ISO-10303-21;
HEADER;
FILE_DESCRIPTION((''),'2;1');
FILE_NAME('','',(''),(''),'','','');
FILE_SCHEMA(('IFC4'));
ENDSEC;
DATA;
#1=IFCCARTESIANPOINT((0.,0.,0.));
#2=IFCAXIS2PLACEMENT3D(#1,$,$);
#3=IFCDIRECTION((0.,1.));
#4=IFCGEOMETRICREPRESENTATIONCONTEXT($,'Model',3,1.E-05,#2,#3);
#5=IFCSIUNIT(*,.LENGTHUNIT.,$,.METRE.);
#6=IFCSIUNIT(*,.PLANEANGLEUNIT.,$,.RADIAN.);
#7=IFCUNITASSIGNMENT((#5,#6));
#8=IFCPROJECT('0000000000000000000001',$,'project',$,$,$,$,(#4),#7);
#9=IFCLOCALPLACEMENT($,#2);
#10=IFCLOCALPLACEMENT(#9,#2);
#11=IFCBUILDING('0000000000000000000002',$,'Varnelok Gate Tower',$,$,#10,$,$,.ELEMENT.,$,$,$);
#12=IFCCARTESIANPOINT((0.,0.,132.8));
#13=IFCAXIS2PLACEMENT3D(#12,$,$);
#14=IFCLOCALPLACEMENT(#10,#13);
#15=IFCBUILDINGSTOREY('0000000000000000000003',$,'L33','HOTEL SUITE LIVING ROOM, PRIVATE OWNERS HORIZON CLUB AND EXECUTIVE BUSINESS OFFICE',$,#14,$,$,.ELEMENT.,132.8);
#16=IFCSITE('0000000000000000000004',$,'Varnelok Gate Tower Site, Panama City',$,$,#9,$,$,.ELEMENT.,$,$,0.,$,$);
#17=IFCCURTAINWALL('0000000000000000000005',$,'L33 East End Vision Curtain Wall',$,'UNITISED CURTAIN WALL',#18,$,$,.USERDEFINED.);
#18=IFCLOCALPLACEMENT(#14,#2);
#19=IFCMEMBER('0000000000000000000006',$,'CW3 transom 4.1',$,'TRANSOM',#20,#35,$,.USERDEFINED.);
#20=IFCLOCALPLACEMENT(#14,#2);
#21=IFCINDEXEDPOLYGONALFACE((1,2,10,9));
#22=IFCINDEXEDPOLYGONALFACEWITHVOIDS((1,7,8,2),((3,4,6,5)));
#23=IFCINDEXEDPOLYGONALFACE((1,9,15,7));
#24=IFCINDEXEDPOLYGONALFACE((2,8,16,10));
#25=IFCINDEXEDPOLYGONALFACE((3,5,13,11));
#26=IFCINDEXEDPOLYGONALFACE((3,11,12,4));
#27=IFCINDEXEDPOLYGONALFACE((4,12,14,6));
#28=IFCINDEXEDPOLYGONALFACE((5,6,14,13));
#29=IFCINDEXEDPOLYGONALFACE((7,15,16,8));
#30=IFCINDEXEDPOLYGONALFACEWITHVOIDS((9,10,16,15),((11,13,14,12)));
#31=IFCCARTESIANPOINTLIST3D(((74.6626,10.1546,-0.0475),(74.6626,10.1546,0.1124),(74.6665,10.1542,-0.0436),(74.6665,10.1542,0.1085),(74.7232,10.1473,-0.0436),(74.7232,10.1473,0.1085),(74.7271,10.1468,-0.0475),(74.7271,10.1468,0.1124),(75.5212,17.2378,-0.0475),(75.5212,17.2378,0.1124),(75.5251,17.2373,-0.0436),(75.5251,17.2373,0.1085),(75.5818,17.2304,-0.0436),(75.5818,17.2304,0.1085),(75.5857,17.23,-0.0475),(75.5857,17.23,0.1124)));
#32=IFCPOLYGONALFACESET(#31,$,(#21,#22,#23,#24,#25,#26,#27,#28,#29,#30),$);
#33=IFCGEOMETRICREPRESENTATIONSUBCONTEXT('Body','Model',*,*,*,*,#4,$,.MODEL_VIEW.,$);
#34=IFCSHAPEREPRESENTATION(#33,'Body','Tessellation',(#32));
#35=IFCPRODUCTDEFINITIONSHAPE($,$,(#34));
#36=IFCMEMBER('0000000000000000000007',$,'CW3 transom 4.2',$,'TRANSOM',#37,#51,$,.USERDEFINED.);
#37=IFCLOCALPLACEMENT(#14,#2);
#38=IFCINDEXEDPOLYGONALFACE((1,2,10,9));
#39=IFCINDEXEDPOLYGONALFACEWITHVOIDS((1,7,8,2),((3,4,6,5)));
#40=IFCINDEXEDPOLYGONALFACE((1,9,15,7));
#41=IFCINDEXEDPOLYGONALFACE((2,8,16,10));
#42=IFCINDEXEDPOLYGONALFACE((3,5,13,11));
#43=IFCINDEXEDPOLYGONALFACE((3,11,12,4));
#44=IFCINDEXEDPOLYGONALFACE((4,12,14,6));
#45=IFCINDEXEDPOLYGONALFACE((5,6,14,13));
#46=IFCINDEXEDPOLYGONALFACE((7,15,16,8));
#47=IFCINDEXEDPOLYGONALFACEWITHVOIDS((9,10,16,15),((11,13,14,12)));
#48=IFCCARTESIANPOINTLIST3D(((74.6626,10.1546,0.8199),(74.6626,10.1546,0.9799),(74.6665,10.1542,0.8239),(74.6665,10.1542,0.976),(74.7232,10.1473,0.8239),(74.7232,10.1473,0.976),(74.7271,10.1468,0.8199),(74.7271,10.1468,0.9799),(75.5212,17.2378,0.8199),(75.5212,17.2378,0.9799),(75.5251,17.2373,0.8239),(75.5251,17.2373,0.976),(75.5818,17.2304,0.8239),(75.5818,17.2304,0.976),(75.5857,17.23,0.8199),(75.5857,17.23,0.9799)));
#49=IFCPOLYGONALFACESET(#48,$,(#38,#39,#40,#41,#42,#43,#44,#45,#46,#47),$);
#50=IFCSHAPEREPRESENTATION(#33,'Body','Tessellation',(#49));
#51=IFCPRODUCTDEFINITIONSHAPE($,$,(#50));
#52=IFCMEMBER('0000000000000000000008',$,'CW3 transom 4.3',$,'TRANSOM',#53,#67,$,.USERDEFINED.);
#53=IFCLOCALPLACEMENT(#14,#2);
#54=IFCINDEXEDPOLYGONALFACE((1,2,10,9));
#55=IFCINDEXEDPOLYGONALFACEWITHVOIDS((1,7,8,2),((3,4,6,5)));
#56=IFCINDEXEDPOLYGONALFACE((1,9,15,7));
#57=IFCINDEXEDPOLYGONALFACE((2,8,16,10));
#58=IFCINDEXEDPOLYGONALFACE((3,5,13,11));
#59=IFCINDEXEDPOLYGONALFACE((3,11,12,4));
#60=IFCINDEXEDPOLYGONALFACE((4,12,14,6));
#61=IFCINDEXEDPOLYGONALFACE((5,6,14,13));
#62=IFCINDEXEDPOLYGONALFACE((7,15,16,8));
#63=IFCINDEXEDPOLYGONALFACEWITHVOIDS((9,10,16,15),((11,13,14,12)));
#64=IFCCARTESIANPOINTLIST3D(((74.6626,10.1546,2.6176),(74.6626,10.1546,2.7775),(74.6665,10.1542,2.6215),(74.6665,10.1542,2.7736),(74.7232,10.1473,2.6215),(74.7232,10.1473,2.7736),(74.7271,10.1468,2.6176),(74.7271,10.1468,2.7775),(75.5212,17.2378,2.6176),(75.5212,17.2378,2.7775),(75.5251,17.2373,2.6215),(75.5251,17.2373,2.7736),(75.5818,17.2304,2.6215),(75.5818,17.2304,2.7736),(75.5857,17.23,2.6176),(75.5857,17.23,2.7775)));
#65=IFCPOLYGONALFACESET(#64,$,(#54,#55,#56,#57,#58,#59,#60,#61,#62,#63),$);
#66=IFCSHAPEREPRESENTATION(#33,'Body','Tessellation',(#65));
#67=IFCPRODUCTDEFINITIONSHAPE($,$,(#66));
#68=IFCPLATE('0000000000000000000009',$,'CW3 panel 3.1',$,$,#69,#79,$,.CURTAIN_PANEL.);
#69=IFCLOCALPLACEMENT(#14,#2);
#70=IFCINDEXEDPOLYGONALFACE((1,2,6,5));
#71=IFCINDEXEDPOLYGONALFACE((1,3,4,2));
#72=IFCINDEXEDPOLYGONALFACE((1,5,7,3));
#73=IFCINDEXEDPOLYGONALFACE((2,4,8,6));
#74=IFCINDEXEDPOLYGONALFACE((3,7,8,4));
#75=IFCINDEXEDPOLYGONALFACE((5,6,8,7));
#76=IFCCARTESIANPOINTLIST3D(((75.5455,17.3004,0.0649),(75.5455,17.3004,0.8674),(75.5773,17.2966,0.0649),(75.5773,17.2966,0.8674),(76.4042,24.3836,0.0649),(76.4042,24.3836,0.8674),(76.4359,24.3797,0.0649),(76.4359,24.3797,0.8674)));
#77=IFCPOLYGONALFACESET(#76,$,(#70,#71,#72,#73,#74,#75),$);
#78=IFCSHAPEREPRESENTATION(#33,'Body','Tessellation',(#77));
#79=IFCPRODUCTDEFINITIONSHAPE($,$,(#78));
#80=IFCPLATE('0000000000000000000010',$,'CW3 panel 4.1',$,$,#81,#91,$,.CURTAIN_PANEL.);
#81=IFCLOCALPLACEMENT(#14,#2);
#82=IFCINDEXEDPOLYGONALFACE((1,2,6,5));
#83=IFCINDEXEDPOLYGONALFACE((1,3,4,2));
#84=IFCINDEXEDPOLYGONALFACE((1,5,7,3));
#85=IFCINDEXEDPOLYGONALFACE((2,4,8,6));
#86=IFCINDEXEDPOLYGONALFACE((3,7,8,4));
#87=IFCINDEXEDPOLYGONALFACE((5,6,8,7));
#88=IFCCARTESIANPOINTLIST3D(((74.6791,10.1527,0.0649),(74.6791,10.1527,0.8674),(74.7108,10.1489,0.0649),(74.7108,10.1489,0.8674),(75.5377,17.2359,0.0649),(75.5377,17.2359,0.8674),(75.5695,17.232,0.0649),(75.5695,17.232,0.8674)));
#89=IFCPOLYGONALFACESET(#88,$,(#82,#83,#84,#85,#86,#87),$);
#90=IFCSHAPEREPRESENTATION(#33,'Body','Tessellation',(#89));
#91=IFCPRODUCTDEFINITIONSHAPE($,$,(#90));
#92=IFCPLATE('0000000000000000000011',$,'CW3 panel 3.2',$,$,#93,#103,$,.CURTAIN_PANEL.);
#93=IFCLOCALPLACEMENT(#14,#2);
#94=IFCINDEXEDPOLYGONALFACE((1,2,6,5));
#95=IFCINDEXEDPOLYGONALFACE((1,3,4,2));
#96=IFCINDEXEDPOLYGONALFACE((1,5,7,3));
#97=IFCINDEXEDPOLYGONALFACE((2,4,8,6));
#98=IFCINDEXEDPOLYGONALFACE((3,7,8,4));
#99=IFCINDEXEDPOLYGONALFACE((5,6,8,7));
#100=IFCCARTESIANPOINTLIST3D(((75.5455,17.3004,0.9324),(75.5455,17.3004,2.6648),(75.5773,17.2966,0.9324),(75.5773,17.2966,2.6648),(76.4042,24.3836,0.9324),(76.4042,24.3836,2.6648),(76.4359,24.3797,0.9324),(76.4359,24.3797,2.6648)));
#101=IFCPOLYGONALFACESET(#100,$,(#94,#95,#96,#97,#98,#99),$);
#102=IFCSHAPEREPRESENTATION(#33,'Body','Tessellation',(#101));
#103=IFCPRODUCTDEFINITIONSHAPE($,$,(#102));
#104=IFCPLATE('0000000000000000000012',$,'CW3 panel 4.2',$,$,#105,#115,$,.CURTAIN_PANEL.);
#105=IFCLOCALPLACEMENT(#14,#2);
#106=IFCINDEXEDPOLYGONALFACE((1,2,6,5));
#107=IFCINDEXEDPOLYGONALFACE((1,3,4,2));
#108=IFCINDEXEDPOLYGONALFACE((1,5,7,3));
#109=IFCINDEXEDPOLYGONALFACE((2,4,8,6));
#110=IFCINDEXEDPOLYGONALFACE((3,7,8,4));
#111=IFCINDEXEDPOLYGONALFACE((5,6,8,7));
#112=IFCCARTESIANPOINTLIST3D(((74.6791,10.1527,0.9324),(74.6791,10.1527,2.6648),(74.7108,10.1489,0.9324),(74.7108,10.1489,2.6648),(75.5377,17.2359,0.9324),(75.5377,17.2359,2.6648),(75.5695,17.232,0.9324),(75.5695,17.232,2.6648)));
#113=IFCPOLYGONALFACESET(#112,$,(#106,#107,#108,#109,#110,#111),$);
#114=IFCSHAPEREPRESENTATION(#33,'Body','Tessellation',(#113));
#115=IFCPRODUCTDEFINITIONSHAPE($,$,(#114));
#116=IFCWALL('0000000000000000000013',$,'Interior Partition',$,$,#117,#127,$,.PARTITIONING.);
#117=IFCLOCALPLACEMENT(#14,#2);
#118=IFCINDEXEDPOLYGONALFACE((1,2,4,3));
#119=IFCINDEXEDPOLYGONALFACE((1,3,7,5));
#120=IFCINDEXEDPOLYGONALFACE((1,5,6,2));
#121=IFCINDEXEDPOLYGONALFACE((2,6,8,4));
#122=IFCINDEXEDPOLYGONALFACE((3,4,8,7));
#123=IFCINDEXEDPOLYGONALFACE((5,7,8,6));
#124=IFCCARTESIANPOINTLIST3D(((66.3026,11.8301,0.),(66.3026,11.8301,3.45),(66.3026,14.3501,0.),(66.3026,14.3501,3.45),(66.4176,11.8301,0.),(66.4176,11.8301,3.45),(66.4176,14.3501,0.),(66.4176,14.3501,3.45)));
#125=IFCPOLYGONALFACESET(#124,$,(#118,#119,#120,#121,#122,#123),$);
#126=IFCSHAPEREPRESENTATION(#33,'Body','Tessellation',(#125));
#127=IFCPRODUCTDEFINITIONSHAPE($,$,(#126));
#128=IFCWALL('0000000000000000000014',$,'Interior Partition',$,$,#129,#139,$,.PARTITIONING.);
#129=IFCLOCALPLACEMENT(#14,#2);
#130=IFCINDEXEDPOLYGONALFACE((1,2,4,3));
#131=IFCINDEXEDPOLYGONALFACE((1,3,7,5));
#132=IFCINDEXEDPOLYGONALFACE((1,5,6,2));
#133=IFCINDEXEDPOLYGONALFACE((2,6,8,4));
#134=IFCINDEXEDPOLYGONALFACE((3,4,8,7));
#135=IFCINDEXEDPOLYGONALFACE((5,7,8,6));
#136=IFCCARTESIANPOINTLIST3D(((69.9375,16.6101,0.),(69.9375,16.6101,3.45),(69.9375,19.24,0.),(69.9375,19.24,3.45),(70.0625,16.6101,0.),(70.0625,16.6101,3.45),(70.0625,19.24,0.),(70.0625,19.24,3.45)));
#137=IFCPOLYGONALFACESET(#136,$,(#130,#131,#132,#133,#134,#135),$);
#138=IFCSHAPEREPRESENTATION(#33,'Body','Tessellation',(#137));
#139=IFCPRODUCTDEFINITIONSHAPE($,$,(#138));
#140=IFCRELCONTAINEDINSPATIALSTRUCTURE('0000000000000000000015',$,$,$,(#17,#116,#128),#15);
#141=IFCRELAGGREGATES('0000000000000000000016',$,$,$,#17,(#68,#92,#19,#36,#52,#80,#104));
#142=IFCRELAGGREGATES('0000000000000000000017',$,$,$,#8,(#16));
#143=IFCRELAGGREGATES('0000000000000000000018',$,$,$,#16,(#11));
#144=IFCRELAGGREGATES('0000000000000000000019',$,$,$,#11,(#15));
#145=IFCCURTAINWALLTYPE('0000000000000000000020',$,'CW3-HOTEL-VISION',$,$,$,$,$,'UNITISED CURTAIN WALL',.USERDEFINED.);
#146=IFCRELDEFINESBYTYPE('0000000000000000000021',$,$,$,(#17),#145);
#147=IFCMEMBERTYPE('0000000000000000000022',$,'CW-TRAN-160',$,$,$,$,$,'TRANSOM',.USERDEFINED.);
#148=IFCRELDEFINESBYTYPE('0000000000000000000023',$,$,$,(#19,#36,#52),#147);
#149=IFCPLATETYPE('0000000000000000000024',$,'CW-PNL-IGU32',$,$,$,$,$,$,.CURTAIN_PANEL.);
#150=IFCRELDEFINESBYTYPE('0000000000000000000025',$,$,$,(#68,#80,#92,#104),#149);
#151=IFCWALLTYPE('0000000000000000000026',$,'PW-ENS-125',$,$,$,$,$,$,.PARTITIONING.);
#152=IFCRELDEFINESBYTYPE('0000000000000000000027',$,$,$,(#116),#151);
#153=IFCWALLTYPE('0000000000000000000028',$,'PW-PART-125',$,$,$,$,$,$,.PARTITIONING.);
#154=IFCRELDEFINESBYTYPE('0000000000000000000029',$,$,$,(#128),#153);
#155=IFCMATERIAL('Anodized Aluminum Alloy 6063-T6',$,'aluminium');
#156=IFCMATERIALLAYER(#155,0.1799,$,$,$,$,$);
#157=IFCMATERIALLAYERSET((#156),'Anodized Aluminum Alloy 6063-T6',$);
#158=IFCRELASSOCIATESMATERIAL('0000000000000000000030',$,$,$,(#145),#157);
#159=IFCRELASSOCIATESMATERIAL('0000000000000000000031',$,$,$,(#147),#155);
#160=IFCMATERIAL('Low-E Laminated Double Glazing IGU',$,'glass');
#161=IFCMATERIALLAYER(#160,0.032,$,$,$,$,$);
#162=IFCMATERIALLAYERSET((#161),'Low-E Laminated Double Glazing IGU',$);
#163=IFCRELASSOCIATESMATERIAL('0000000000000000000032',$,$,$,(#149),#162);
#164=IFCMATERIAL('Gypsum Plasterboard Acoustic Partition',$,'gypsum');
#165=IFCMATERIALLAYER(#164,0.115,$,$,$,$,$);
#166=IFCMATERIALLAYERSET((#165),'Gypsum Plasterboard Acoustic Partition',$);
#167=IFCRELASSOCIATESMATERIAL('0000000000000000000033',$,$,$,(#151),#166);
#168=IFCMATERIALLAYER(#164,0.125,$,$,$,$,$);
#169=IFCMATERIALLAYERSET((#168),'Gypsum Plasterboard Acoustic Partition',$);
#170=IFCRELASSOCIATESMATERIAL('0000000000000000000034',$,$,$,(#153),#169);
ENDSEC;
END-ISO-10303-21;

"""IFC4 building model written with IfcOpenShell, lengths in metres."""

from ifc_helpers import new_model, si_unit, direction, frame, frame_2d, origin, origin_2d, place, context, subcontext, project, spatial, rectangle, hollow_rectangle, extrude, source, transform, mapped, material, layer, layer_set, material_profile, profile_set, type_object, element, aggregate, save


model = new_model("IFC4")

# Units and contexts
model_context = context("Model", 3, precision=1e-05, world=origin(), true_north=direction((0.0, 1.0)))
body_context = subcontext(model_context, "Body", "Model", "MODEL_VIEW")
ifc_project = project(units=[si_unit("LENGTHUNIT", "METRE"), si_unit("PLANEANGLEUNIT", "RADIAN")], contexts=[model_context])

# Site, building, storey
site_placement = place(None, origin())
site = spatial("IfcSite", under=ifc_project, at=site_placement, Name="Varnelok Gate Tower Site, Panama City", CompositionType="ELEMENT", RefElevation=0.0)
building_placement = place(site_placement, origin())
building = spatial("IfcBuilding", under=site, at=building_placement, Name="Varnelok Gate Tower", CompositionType="ELEMENT")
storey_placement = place(building_placement, frame((0.0, 0.0, 132.8)))
storey = spatial("IfcBuildingStorey", under=building, at=storey_placement, Name="L33", Description="HOTEL SUITE LIVING ROOM, PRIVATE OWNERS HORIZON CLUB AND EXECUTIVE BUSINESS OFFICE", CompositionType="ELEMENT", Elevation=132.8)

# Curtain wall, members, plates
ifc_material_1 = material(Name="Anodized Aluminum Alloy 6063-T6", Category="aluminium")
ifc_layer_1 = layer(ifc_material_1, 0.1799)
ifc_layer_set_1 = layer_set([ifc_layer_1], Name="Anodized Aluminum Alloy 6063-T6")
curtain_wall_type = type_object("IfcCurtainWallType", Name="CW3-HOTEL-VISION", ElementType="UNITISED CURTAIN WALL", PredefinedType="USERDEFINED", material=ifc_layer_set_1)
curtain_wall_placement = place(storey_placement, origin())
curtain_wall = element("IfcCurtainWall", 1, at=curtain_wall_placement, inside=storey, type_object=curtain_wall_type, Name="L33 East End Vision Curtain Wall", ObjectType="UNITISED CURTAIN WALL", PredefinedType="USERDEFINED")
ifc_material_profile_1 = material_profile(ifc_material_1, hollow_rectangle(XDim=0.0649, YDim=0.1599, WallThickness=0.0039, at=origin_2d()), Name="ALU160X65X4")
ifc_profile_set_1 = profile_set([ifc_material_profile_1], Name="Anodized Aluminum Alloy 6063-T6")
member_type_1 = type_object("IfcMemberType", Name="CW-TRAN-160", ElementType="TRANSOM", PredefinedType="USERDEFINED", material=ifc_profile_set_1)
member_1_placement = place(storey_placement, frame((75.5535, 17.2339, 0.0325), z_axis=(-0.120341, -0.992733, 0.0), x_axis=(0.992733, -0.120341, 0.0)))
member_1 = element("IfcMember", 2, at=member_1_placement, type_object=member_type_1, Name="CW3 transom 4.1", ObjectType="TRANSOM", PredefinedType="USERDEFINED", context=body_context, shape_type="SweptSolid", body=[
    extrude(hollow_rectangle(XDim=0.0649, YDim=0.1599, WallThickness=0.0039, at=origin_2d()), origin(), (0.0, 0.0, 1.0), 7.135),
])
member_2_placement = place(storey_placement, frame((75.5535, 17.2339, 0.8999), z_axis=(-0.120341, -0.992733, 0.0), x_axis=(0.992733, -0.120341, 0.0)))
member_2 = element("IfcMember", 3, at=member_2_placement, type_object=member_type_1, Name="CW3 transom 4.2", ObjectType="TRANSOM", PredefinedType="USERDEFINED", context=body_context, shape_type="SweptSolid", body=[
    extrude(hollow_rectangle(XDim=0.0649, YDim=0.1599, WallThickness=0.0039, at=origin_2d()), origin(), (0.0, 0.0, 1.0), 7.135),
])
member_3_placement = place(storey_placement, frame((75.5535, 17.2339, 2.6975), z_axis=(-0.120341, -0.992733, 0.0), x_axis=(0.992733, -0.120341, 0.0)))
member_3 = element("IfcMember", 4, at=member_3_placement, type_object=member_type_1, Name="CW3 transom 4.3", ObjectType="TRANSOM", PredefinedType="USERDEFINED", context=body_context, shape_type="SweptSolid", body=[
    extrude(hollow_rectangle(XDim=0.0649, YDim=0.1599, WallThickness=0.0039, at=origin_2d()), origin(), (0.0, 0.0, 1.0), 7.135),
])
ifc_material_2 = material(Name="Low-E Laminated Double Glazing IGU", Category="glass")
ifc_layer_2 = layer(ifc_material_2, 0.032)
ifc_layer_set_2 = layer_set([ifc_layer_2], Name="Low-E Laminated Double Glazing IGU")
plate_type = type_object("IfcPlateType", Name="CW-PNL-IGU32", PredefinedType="CURTAIN_PANEL", material=ifc_layer_set_2)
shared_shape_1 = source(origin(), body_context, "Body", "SweptSolid", [
    extrude(rectangle(XDim=7.135, YDim=0.032, at=origin_2d()), origin(), (0.0, 0.0, 1.0), 0.8025),
])
plate_1_placement = place(storey_placement, frame((75.9907, 20.8401, 0.0649), z_axis=(0.0, 0.0, 1.0), x_axis=(-0.120347, -0.992732, 0.0)))
plate_1 = element("IfcPlate", 5, at=plate_1_placement, type_object=plate_type, Name="CW3 panel 3.1", PredefinedType="CURTAIN_PANEL", context=body_context, shape_type="MappedRepresentation", body=[
    mapped(shared_shape_1, transform((0.0, 0.0, 0.0), scale=1.0)),
])
plate_2_placement = place(storey_placement, frame((75.1243, 13.6924, 0.0649), z_axis=(0.0, 0.0, 1.0), x_axis=(-0.120347, -0.992732, 0.0)))
plate_2 = element("IfcPlate", 6, at=plate_2_placement, type_object=plate_type, Name="CW3 panel 4.1", PredefinedType="CURTAIN_PANEL", context=body_context, shape_type="MappedRepresentation", body=[
    mapped(shared_shape_1, transform((0.0, 0.0, 0.0), scale=1.0)),
])
shared_shape_2 = source(origin(), body_context, "Body", "SweptSolid", [
    extrude(rectangle(XDim=7.135, YDim=0.032, at=origin_2d()), origin(), (0.0, 0.0, 1.0), 1.7324),
])
plate_3_placement = place(storey_placement, frame((75.9907, 20.8401, 0.9324), z_axis=(0.0, 0.0, 1.0), x_axis=(-0.120347, -0.992732, 0.0)))
plate_3 = element("IfcPlate", 7, at=plate_3_placement, type_object=plate_type, Name="CW3 panel 3.2", PredefinedType="CURTAIN_PANEL", context=body_context, shape_type="MappedRepresentation", body=[
    mapped(shared_shape_2, transform((0.0, 0.0, 0.0), scale=1.0)),
])
plate_4_placement = place(storey_placement, frame((75.1243, 13.6924, 0.9324), z_axis=(0.0, 0.0, 1.0), x_axis=(-0.120347, -0.992732, 0.0)))
plate_4 = element("IfcPlate", 8, at=plate_4_placement, type_object=plate_type, Name="CW3 panel 4.2", PredefinedType="CURTAIN_PANEL", context=body_context, shape_type="MappedRepresentation", body=[
    mapped(shared_shape_2, transform((0.0, 0.0, 0.0), scale=1.0)),
])
aggregate(curtain_wall, [plate_1, plate_3, member_1, member_2, member_3, plate_2, plate_4])

# Walls
ifc_material_3 = material(Name="Gypsum Plasterboard Acoustic Partition", Category="gypsum")
ifc_layer_3 = layer(ifc_material_3, 0.115)
ifc_layer_set_3 = layer_set([ifc_layer_3], Name="Gypsum Plasterboard Acoustic Partition")
wall_type_1 = type_object("IfcWallType", Name="PW-ENS-125", PredefinedType="PARTITIONING", material=ifc_layer_set_3)
wall_1_placement = place(storey_placement, frame((66.3601, 11.8301, 0.0), z_axis=(0.0, 0.0, 1.0), x_axis=(0.0, 1.0, 0.0)))
element("IfcWall", 9, at=wall_1_placement, inside=storey, type_object=wall_type_1, Name="Interior Partition", PredefinedType="PARTITIONING", context=body_context, shape_type="SweptSolid", body=[
    extrude(rectangle(XDim=2.52, YDim=0.115, at=frame_2d((1.26, 0.0))), origin(), (0.0, 0.0, 1.0), 3.45),
])
ifc_layer_4 = layer(ifc_material_3, 0.125)
ifc_layer_set_4 = layer_set([ifc_layer_4], Name="Gypsum Plasterboard Acoustic Partition")
wall_type_2 = type_object("IfcWallType", Name="PW-PART-125", PredefinedType="PARTITIONING", material=ifc_layer_set_4)
wall_2_placement = place(storey_placement, frame((70.0, 16.6101, 0.0), z_axis=(0.0, 0.0, 1.0), x_axis=(0.0, 1.0, 0.0)))
element("IfcWall", 10, at=wall_2_placement, inside=storey, type_object=wall_type_2, Name="Interior Partition", PredefinedType="PARTITIONING", context=body_context, shape_type="SweptSolid", body=[
    extrude(rectangle(XDim=2.6299, YDim=0.125, at=frame_2d((1.3149, 0.0))), origin(), (0.0, 0.0, 1.0), 3.45),
])

save(model, "model.ifc")
